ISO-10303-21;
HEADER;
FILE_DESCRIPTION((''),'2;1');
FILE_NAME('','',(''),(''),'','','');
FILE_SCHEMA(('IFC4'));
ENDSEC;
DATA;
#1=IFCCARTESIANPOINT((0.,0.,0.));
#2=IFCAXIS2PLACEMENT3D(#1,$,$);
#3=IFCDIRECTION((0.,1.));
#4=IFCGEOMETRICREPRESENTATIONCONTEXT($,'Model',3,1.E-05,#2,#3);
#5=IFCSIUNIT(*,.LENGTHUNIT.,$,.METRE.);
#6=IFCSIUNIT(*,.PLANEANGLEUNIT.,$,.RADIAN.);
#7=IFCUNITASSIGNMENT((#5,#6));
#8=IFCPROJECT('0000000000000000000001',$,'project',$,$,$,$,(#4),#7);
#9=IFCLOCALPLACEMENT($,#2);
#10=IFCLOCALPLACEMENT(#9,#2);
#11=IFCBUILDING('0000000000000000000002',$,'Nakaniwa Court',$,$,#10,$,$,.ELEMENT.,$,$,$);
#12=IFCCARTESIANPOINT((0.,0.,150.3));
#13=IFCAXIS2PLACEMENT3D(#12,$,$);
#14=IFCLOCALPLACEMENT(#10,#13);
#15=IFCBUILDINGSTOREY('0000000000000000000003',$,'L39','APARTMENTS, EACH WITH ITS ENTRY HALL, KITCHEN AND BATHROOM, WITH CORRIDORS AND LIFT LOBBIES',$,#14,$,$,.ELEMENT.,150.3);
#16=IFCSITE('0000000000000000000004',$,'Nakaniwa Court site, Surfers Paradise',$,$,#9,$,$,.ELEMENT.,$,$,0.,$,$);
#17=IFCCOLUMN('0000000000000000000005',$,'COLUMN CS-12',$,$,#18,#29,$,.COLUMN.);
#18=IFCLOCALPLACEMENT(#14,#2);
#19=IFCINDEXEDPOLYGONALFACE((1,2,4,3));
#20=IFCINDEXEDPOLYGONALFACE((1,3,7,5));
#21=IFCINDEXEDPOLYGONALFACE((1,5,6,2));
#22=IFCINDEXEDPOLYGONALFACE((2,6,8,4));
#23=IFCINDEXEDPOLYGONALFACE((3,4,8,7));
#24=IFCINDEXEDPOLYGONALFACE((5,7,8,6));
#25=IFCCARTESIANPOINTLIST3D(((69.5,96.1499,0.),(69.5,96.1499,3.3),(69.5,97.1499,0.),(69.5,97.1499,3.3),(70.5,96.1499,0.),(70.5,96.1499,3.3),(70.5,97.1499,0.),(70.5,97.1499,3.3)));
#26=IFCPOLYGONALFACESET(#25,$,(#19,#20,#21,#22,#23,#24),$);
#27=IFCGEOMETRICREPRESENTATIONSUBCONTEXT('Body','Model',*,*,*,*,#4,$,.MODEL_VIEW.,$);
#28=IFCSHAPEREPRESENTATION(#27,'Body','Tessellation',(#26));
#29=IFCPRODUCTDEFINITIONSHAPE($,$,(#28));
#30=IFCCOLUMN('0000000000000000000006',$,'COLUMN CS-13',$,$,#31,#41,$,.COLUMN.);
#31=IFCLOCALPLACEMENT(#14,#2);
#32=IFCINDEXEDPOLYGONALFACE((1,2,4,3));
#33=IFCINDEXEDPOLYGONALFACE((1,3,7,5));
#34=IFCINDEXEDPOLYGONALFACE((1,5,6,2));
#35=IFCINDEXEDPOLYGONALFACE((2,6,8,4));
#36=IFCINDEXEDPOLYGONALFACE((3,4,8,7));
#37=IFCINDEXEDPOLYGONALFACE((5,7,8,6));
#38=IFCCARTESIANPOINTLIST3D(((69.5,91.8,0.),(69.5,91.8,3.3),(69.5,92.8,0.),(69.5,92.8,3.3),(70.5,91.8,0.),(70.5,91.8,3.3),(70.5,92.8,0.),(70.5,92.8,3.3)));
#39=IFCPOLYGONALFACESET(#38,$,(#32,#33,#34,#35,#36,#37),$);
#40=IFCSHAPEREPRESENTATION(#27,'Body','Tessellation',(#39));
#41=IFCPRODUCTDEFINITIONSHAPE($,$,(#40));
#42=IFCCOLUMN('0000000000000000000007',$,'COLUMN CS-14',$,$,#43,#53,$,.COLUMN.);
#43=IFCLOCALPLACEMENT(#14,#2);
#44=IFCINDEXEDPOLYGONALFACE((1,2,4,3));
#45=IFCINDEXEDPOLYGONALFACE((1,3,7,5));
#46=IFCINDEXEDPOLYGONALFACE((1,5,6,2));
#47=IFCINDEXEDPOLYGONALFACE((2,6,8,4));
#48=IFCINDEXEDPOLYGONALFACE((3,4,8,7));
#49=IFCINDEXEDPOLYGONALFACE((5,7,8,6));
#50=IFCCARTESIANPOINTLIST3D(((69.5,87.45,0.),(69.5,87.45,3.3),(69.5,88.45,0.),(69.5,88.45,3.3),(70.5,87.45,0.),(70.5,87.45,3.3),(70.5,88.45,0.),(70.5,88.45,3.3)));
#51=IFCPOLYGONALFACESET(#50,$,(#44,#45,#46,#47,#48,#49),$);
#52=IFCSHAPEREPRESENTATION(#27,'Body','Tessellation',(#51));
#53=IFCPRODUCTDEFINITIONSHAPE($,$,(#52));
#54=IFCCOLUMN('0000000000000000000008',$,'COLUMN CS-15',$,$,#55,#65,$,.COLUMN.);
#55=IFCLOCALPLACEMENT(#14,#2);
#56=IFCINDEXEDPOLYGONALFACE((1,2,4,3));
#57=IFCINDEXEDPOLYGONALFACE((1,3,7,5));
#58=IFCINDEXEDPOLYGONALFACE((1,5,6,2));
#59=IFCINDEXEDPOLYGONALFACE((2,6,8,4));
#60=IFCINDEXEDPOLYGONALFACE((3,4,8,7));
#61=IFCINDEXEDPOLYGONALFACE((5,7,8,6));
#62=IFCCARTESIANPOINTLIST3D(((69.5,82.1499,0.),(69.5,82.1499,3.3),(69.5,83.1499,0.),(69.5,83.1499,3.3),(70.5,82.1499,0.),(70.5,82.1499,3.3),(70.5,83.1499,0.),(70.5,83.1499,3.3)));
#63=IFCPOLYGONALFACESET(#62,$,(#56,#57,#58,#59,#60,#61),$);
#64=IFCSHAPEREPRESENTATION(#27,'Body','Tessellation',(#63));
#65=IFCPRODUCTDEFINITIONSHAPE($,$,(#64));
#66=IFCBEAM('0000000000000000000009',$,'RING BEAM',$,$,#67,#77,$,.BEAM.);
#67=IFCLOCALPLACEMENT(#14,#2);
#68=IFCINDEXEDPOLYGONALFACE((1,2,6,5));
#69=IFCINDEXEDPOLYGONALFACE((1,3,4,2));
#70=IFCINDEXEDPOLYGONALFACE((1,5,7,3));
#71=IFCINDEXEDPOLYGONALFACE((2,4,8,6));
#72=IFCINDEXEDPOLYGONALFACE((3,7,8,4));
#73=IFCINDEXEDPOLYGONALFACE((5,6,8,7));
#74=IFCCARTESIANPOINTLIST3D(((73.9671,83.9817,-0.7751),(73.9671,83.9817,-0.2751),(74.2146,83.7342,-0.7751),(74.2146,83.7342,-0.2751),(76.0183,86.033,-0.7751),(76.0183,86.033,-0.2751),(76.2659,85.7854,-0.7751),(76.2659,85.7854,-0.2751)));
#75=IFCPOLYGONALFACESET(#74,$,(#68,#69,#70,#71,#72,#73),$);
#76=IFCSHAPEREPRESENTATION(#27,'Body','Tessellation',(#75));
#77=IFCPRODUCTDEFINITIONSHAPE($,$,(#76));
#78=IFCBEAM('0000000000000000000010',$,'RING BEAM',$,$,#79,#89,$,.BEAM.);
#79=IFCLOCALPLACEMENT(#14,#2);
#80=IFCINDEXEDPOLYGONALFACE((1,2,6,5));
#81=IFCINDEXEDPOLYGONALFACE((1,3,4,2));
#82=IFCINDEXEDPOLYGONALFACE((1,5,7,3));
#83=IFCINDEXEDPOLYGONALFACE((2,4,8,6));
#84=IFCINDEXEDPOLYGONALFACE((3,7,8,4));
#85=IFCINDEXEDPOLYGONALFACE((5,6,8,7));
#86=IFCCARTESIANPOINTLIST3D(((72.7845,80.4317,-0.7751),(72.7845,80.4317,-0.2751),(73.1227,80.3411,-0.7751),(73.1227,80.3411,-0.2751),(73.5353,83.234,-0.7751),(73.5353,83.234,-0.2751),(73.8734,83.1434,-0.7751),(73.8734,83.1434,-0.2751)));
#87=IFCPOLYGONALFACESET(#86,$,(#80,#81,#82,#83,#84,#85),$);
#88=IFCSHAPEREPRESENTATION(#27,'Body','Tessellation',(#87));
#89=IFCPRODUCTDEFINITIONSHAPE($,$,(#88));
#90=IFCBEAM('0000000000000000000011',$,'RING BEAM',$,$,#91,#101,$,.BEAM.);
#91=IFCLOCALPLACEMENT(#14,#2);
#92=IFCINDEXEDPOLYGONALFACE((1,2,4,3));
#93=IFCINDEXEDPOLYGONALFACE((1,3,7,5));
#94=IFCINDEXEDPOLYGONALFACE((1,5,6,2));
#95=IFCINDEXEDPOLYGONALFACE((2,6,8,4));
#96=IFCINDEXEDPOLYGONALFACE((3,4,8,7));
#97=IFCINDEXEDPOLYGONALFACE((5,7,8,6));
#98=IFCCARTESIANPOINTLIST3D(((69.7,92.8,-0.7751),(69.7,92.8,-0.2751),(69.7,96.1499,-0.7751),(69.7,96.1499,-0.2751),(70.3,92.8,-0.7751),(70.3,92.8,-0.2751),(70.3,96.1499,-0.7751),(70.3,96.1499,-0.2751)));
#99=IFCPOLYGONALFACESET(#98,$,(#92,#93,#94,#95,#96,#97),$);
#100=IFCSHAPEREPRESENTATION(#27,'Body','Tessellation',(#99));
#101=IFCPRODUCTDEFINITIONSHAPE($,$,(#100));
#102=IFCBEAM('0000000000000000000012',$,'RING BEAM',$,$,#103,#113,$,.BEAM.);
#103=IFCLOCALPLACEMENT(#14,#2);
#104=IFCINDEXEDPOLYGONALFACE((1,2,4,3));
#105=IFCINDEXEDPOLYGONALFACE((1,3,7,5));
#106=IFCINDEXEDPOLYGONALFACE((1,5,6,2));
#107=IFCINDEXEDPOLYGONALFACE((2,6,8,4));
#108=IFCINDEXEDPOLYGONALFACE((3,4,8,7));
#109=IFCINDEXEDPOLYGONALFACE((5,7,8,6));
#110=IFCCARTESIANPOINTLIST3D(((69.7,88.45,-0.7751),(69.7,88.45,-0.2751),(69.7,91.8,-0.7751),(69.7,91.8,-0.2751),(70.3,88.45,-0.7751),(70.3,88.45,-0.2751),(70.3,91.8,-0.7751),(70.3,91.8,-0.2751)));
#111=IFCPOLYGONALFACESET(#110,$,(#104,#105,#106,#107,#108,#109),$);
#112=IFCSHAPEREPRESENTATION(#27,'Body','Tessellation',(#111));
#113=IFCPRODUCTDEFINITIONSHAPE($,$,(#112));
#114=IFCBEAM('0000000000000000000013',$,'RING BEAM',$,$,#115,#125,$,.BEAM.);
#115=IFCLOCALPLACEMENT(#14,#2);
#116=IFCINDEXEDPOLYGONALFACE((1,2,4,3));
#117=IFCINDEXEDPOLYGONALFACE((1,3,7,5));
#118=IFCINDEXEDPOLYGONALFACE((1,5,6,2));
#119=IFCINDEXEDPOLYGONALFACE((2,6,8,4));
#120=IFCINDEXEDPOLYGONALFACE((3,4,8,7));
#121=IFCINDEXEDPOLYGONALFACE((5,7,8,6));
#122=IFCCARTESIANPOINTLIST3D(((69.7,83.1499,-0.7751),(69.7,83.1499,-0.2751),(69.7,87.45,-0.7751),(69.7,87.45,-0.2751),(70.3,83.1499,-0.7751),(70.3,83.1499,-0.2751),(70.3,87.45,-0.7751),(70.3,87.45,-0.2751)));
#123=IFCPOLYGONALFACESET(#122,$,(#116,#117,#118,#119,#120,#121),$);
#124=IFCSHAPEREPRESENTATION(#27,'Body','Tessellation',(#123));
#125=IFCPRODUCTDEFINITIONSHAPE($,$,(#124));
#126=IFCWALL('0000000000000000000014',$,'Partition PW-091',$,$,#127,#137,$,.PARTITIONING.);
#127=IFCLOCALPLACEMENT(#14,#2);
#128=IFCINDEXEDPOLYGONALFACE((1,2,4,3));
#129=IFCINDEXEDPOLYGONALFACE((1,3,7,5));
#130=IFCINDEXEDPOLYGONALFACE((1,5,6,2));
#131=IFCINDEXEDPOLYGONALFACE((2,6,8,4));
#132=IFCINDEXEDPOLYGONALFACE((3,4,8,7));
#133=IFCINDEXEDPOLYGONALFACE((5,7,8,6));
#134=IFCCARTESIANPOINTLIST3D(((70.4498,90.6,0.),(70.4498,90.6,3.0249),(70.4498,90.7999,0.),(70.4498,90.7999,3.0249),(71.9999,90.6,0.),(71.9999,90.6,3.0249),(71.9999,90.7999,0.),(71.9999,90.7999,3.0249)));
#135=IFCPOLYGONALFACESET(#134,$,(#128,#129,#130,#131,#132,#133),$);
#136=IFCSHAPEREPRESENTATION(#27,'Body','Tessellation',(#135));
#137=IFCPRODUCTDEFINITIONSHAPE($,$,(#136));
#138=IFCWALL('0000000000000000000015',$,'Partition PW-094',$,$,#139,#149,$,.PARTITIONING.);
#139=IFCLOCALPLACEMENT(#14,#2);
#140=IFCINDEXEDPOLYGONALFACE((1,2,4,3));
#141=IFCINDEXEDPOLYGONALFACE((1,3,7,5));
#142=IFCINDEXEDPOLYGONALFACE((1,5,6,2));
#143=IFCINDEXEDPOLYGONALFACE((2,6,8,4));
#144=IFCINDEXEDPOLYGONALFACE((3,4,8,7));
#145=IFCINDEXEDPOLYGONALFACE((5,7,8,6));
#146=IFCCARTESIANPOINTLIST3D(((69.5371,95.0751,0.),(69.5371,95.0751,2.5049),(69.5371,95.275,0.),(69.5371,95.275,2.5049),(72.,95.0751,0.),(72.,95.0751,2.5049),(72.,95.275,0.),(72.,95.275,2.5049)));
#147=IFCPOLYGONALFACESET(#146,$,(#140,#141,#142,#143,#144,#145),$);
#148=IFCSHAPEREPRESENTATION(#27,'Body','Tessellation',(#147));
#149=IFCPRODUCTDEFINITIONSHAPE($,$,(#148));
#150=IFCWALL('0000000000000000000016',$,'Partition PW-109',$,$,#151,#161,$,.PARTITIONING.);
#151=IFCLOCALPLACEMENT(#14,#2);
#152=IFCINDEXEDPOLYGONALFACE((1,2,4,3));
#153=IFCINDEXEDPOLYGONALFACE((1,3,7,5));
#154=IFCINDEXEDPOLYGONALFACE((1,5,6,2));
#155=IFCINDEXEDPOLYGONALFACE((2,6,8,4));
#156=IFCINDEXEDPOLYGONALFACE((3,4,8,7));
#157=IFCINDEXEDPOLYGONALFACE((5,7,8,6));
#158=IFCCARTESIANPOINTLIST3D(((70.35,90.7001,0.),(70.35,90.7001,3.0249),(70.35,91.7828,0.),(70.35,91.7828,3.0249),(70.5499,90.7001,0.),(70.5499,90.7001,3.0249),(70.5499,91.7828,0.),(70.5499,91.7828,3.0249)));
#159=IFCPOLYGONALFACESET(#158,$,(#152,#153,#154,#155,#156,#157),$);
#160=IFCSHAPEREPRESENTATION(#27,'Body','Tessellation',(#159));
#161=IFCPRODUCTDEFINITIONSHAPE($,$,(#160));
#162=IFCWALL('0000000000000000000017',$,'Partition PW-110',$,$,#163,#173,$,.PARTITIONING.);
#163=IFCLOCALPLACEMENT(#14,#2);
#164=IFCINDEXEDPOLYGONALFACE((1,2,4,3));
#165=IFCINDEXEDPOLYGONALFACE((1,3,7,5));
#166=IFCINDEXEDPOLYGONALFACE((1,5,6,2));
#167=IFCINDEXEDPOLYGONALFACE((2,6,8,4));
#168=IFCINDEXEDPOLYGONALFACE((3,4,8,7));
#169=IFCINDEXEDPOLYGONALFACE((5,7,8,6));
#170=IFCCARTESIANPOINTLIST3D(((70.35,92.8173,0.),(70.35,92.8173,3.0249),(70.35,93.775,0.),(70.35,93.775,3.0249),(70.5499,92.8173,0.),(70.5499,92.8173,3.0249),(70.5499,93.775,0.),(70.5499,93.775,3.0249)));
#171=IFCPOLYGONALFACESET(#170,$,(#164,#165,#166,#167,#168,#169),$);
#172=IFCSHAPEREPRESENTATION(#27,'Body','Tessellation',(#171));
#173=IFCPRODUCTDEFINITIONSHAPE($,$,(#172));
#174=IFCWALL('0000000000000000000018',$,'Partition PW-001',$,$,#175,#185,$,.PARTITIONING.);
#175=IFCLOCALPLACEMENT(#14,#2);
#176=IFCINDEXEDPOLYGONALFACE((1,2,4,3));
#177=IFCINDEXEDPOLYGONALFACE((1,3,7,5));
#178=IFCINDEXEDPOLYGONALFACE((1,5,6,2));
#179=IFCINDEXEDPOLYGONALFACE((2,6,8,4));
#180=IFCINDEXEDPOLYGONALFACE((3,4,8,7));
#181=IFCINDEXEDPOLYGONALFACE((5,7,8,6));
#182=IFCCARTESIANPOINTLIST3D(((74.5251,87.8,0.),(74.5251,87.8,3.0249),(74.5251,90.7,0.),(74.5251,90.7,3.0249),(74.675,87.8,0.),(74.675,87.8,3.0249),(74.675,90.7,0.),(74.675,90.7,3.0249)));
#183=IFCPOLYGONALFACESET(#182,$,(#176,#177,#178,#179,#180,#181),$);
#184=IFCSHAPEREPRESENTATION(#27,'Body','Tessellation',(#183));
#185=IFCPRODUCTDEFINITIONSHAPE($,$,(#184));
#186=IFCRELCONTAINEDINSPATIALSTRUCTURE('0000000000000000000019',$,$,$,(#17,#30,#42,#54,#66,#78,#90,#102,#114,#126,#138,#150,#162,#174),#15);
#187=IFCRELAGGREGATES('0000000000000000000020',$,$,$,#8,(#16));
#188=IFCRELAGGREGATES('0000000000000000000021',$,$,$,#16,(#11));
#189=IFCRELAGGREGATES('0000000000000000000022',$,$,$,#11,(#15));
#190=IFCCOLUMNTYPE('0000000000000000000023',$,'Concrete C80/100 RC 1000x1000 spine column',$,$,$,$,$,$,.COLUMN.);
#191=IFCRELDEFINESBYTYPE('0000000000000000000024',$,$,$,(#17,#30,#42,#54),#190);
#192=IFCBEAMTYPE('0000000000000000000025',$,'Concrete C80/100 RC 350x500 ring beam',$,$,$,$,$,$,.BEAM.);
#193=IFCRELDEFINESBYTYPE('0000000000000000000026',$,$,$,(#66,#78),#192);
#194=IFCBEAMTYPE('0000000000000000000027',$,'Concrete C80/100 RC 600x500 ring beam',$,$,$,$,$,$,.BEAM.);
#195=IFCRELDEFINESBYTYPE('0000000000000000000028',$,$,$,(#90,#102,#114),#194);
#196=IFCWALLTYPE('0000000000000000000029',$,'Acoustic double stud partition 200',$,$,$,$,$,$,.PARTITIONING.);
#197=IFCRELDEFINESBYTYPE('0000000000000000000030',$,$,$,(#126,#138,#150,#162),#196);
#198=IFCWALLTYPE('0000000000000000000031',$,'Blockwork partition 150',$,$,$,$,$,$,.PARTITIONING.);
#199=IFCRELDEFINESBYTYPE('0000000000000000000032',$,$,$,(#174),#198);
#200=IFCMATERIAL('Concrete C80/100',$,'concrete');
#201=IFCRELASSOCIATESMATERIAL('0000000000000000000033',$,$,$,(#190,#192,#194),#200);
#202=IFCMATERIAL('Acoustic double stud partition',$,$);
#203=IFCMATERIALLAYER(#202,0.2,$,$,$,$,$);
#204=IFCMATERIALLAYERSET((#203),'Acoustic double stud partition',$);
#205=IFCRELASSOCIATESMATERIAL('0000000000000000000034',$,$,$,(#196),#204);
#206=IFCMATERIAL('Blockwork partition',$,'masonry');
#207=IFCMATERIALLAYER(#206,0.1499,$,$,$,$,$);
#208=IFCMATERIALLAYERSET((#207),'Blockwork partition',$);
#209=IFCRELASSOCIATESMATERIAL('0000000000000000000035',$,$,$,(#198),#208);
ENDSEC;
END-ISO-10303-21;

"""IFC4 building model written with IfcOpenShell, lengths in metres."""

from ifc_helpers import new_model, si_unit, direction, frame, frame_2d, origin, origin_2d, place, context, subcontext, project, spatial, rectangle, extrude, material, layer, layer_set, material_profile, profile_set, type_object, element, save


model = new_model("IFC4")

# Units and contexts
model_context = context("Model", 3, precision=1e-05, world=origin(), true_north=direction((0.0, 1.0)))
body_context = subcontext(model_context, "Body", "Model", "MODEL_VIEW")
ifc_project = project(units=[si_unit("LENGTHUNIT", "METRE"), si_unit("PLANEANGLEUNIT", "RADIAN")], contexts=[model_context])

# Site, building, storey
site_placement = place(None, origin())
site = spatial("IfcSite", under=ifc_project, at=site_placement, Name="Nakaniwa Court site, Surfers Paradise", CompositionType="ELEMENT", RefElevation=0.0)
building_placement = place(site_placement, origin())
building = spatial("IfcBuilding", under=site, at=building_placement, Name="Nakaniwa Court", CompositionType="ELEMENT")
storey_placement = place(building_placement, frame((0.0, 0.0, 150.3)))
storey = spatial("IfcBuildingStorey", under=building, at=storey_placement, Name="L39", Description="APARTMENTS, EACH WITH ITS ENTRY HALL, KITCHEN AND BATHROOM, WITH CORRIDORS AND LIFT LOBBIES", CompositionType="ELEMENT", Elevation=150.3)

# Columns
ifc_material_1 = material(Name="Concrete C80/100", Category="concrete")
ifc_material_profile_1 = material_profile(ifc_material_1, rectangle(XDim=1.0, YDim=1.0, at=origin_2d()), Name="Concrete C80/100 RC 1000x1000 spine column")
ifc_profile_set_1 = profile_set([ifc_material_profile_1], Name="Concrete C80/100")
column_type_1 = type_object("IfcColumnType", Name="Concrete C80/100 RC 1000x1000 spine column", PredefinedType="COLUMN", material=ifc_profile_set_1)
for number, where, z_axis, x_axis, name in (
    (1, (70.0, 96.6499, 0.0), (0.0, 0.0, 1.0), (0.0, -1.0, 0.0), "COLUMN CS-12"),
    (2, (70.0, 92.3, 0.0), (0.0, 0.0, 1.0), (0.0, -1.0, 0.0), "COLUMN CS-13"),
    (3, (70.0, 87.95, 0.0), (0.0, 0.0, 1.0), (0.0, -1.0, 0.0), "COLUMN CS-14"),
    (4, (70.0, 82.6499, 0.0), (0.0, 0.0, 1.0), (0.0, -1.0, 0.0), "COLUMN CS-15"),
):
    element("IfcColumn", number, at=place(storey_placement, frame(where, z_axis=z_axis, x_axis=x_axis)), inside=storey, type_object=column_type_1, Name=name, PredefinedType="COLUMN", context=body_context, shape_type="SweptSolid", body=[
        extrude(rectangle(XDim=1.0, YDim=1.0, at=origin_2d()), origin(), (0.0, 0.0, 1.0), 3.3),
    ])

# Beams
ifc_material_profile_2 = material_profile(ifc_material_1, rectangle(XDim=0.3501, YDim=0.5, at=origin_2d()), Name="Concrete C80/100 RC 350x500 ring beam")
ifc_profile_set_2 = profile_set([ifc_material_profile_2], Name="Concrete C80/100")
beam_type_1 = type_object("IfcBeamType", Name="Concrete C80/100 RC 350x500 ring beam", PredefinedType="BEAM", material=ifc_profile_set_2)
beam_1_placement = place(storey_placement, frame((76.1421, 85.9092, -0.5251), z_axis=(-0.707107, -0.707107, 0.0), x_axis=(0.707107, -0.707107, 0.0)))
element("IfcBeam", 5, at=beam_1_placement, inside=storey, type_object=beam_type_1, Name="RING BEAM", PredefinedType="BEAM", context=body_context, shape_type="SweptSolid", body=[
    extrude(rectangle(XDim=0.3501, YDim=0.5, at=origin_2d()), origin(), (0.0, 0.0, 1.0), 2.9009),
])
beam_2_placement = place(storey_placement, frame((73.7043, 83.1887, -0.5251), z_axis=(-0.258778, -0.965937, 0.0), x_axis=(0.965937, -0.258778, 0.0)))
element("IfcBeam", 6, at=beam_2_placement, inside=storey, type_object=beam_type_1, Name="RING BEAM", PredefinedType="BEAM", context=body_context, shape_type="SweptSolid", body=[
    extrude(rectangle(XDim=0.3501, YDim=0.5, at=origin_2d()), origin(), (0.0, 0.0, 1.0), 2.9011),
])
ifc_material_profile_3 = material_profile(ifc_material_1, rectangle(XDim=0.6001, YDim=0.5, at=origin_2d()), Name="Concrete C80/100 RC 600x500 ring beam")
ifc_profile_set_3 = profile_set([ifc_material_profile_3], Name="Concrete C80/100")
beam_type_2 = type_object("IfcBeamType", Name="Concrete C80/100 RC 600x500 ring beam", PredefinedType="BEAM", material=ifc_profile_set_3)
beam_3_placement = place(storey_placement, frame((70.0, 96.1499, -0.5251), z_axis=(0.0, -1.0, 0.0), x_axis=(1.0, 0.0, 0.0)))
element("IfcBeam", 7, at=beam_3_placement, inside=storey, type_object=beam_type_2, Name="RING BEAM", PredefinedType="BEAM", context=body_context, shape_type="SweptSolid", body=[
    extrude(rectangle(XDim=0.6001, YDim=0.5, at=origin_2d()), origin(), (0.0, 0.0, 1.0), 3.3499),
])
beam_4_placement = place(storey_placement, frame((70.0, 91.8, -0.5251), z_axis=(0.0, -1.0, 0.0), x_axis=(1.0, 0.0, 0.0)))
element("IfcBeam", 8, at=beam_4_placement, inside=storey, type_object=beam_type_2, Name="RING BEAM", PredefinedType="BEAM", context=body_context, shape_type="SweptSolid", body=[
    extrude(rectangle(XDim=0.6001, YDim=0.5, at=origin_2d()), origin(), (0.0, 0.0, 1.0), 3.3501),
])
beam_5_placement = place(storey_placement, frame((70.0, 87.45, -0.5251), z_axis=(0.0, -1.0, 0.0), x_axis=(1.0, 0.0, 0.0)))
element("IfcBeam", 9, at=beam_5_placement, inside=storey, type_object=beam_type_2, Name="RING BEAM", PredefinedType="BEAM", context=body_context, shape_type="SweptSolid", body=[
    extrude(rectangle(XDim=0.6001, YDim=0.5, at=origin_2d()), origin(), (0.0, 0.0, 1.0), 4.3),
])

# Walls
ifc_material_2 = material(Name="Acoustic double stud partition")
ifc_layer_1 = layer(ifc_material_2, 0.2)
ifc_layer_set_1 = layer_set([ifc_layer_1], Name="Acoustic double stud partition")
wall_type_1 = type_object("IfcWallType", Name="Acoustic double stud partition 200", PredefinedType="PARTITIONING", material=ifc_layer_set_1)
wall_1_placement = place(storey_placement, frame((70.45, 90.7, 0.0), z_axis=(0.0, 0.0, 1.0), x_axis=(1.0, 0.0, 0.0)))
element("IfcWall", 10, at=wall_1_placement, inside=storey, type_object=wall_type_1, Name="Partition PW-091", PredefinedType="PARTITIONING", context=body_context, shape_type="SweptSolid", body=[
    extrude(rectangle(XDim=1.55, YDim=0.2, at=frame_2d((0.7749, 0.0))), origin(), (0.0, 0.0, 1.0), 3.0249),
])
wall_2_placement = place(storey_placement, frame((69.5371, 95.175, 0.0), z_axis=(0.0, 0.0, 1.0), x_axis=(1.0, 0.0, 0.0)))
element("IfcWall", 11, at=wall_2_placement, inside=storey, type_object=wall_type_1, Name="Partition PW-094", PredefinedType="PARTITIONING", context=body_context, shape_type="SweptSolid", body=[
    extrude(rectangle(XDim=2.4629, YDim=0.2, at=frame_2d((1.2314, 0.0))), origin(), (0.0, 0.0, 1.0), 2.5049),
])
wall_3_placement = place(storey_placement, frame((70.45, 90.7, 0.0), z_axis=(0.0, 0.0, 1.0), x_axis=(0.0, 1.0, 0.0)))
element("IfcWall", 12, at=wall_3_placement, inside=storey, type_object=wall_type_1, Name="Partition PW-109", PredefinedType="PARTITIONING", context=body_context, shape_type="SweptSolid", body=[
    extrude(rectangle(XDim=1.0828, YDim=0.2, at=frame_2d((0.5415, 0.0))), origin(), (0.0, 0.0, 1.0), 3.0249),
])
wall_4_placement = place(storey_placement, frame((70.45, 92.8171, 0.0), z_axis=(0.0, 0.0, 1.0), x_axis=(0.0, 1.0, 0.0)))
element("IfcWall", 13, at=wall_4_placement, inside=storey, type_object=wall_type_1, Name="Partition PW-110", PredefinedType="PARTITIONING", context=body_context, shape_type="SweptSolid", body=[
    extrude(rectangle(XDim=0.9578, YDim=0.2, at=frame_2d((0.479, 0.0))), origin(), (0.0, 0.0, 1.0), 3.0249),
])
ifc_material_3 = material(Name="Blockwork partition", Category="masonry")
ifc_layer_2 = layer(ifc_material_3, 0.1499)
ifc_layer_set_2 = layer_set([ifc_layer_2], Name="Blockwork partition")
wall_type_2 = type_object("IfcWallType", Name="Blockwork partition 150", PredefinedType="PARTITIONING", material=ifc_layer_set_2)
wall_5_placement = place(storey_placement, frame((74.6001, 87.8, 0.0), z_axis=(0.0, 0.0, 1.0), x_axis=(0.0, 1.0, 0.0)))
element("IfcWall", 14, at=wall_5_placement, inside=storey, type_object=wall_type_2, Name="Partition PW-001", PredefinedType="PARTITIONING", context=body_context, shape_type="SweptSolid", body=[
    extrude(rectangle(XDim=2.8999, YDim=0.1499, at=frame_2d((1.45, 0.0))), origin(), (0.0, 0.0, 1.0), 3.0249),
])

save(model, "model.ifc")
